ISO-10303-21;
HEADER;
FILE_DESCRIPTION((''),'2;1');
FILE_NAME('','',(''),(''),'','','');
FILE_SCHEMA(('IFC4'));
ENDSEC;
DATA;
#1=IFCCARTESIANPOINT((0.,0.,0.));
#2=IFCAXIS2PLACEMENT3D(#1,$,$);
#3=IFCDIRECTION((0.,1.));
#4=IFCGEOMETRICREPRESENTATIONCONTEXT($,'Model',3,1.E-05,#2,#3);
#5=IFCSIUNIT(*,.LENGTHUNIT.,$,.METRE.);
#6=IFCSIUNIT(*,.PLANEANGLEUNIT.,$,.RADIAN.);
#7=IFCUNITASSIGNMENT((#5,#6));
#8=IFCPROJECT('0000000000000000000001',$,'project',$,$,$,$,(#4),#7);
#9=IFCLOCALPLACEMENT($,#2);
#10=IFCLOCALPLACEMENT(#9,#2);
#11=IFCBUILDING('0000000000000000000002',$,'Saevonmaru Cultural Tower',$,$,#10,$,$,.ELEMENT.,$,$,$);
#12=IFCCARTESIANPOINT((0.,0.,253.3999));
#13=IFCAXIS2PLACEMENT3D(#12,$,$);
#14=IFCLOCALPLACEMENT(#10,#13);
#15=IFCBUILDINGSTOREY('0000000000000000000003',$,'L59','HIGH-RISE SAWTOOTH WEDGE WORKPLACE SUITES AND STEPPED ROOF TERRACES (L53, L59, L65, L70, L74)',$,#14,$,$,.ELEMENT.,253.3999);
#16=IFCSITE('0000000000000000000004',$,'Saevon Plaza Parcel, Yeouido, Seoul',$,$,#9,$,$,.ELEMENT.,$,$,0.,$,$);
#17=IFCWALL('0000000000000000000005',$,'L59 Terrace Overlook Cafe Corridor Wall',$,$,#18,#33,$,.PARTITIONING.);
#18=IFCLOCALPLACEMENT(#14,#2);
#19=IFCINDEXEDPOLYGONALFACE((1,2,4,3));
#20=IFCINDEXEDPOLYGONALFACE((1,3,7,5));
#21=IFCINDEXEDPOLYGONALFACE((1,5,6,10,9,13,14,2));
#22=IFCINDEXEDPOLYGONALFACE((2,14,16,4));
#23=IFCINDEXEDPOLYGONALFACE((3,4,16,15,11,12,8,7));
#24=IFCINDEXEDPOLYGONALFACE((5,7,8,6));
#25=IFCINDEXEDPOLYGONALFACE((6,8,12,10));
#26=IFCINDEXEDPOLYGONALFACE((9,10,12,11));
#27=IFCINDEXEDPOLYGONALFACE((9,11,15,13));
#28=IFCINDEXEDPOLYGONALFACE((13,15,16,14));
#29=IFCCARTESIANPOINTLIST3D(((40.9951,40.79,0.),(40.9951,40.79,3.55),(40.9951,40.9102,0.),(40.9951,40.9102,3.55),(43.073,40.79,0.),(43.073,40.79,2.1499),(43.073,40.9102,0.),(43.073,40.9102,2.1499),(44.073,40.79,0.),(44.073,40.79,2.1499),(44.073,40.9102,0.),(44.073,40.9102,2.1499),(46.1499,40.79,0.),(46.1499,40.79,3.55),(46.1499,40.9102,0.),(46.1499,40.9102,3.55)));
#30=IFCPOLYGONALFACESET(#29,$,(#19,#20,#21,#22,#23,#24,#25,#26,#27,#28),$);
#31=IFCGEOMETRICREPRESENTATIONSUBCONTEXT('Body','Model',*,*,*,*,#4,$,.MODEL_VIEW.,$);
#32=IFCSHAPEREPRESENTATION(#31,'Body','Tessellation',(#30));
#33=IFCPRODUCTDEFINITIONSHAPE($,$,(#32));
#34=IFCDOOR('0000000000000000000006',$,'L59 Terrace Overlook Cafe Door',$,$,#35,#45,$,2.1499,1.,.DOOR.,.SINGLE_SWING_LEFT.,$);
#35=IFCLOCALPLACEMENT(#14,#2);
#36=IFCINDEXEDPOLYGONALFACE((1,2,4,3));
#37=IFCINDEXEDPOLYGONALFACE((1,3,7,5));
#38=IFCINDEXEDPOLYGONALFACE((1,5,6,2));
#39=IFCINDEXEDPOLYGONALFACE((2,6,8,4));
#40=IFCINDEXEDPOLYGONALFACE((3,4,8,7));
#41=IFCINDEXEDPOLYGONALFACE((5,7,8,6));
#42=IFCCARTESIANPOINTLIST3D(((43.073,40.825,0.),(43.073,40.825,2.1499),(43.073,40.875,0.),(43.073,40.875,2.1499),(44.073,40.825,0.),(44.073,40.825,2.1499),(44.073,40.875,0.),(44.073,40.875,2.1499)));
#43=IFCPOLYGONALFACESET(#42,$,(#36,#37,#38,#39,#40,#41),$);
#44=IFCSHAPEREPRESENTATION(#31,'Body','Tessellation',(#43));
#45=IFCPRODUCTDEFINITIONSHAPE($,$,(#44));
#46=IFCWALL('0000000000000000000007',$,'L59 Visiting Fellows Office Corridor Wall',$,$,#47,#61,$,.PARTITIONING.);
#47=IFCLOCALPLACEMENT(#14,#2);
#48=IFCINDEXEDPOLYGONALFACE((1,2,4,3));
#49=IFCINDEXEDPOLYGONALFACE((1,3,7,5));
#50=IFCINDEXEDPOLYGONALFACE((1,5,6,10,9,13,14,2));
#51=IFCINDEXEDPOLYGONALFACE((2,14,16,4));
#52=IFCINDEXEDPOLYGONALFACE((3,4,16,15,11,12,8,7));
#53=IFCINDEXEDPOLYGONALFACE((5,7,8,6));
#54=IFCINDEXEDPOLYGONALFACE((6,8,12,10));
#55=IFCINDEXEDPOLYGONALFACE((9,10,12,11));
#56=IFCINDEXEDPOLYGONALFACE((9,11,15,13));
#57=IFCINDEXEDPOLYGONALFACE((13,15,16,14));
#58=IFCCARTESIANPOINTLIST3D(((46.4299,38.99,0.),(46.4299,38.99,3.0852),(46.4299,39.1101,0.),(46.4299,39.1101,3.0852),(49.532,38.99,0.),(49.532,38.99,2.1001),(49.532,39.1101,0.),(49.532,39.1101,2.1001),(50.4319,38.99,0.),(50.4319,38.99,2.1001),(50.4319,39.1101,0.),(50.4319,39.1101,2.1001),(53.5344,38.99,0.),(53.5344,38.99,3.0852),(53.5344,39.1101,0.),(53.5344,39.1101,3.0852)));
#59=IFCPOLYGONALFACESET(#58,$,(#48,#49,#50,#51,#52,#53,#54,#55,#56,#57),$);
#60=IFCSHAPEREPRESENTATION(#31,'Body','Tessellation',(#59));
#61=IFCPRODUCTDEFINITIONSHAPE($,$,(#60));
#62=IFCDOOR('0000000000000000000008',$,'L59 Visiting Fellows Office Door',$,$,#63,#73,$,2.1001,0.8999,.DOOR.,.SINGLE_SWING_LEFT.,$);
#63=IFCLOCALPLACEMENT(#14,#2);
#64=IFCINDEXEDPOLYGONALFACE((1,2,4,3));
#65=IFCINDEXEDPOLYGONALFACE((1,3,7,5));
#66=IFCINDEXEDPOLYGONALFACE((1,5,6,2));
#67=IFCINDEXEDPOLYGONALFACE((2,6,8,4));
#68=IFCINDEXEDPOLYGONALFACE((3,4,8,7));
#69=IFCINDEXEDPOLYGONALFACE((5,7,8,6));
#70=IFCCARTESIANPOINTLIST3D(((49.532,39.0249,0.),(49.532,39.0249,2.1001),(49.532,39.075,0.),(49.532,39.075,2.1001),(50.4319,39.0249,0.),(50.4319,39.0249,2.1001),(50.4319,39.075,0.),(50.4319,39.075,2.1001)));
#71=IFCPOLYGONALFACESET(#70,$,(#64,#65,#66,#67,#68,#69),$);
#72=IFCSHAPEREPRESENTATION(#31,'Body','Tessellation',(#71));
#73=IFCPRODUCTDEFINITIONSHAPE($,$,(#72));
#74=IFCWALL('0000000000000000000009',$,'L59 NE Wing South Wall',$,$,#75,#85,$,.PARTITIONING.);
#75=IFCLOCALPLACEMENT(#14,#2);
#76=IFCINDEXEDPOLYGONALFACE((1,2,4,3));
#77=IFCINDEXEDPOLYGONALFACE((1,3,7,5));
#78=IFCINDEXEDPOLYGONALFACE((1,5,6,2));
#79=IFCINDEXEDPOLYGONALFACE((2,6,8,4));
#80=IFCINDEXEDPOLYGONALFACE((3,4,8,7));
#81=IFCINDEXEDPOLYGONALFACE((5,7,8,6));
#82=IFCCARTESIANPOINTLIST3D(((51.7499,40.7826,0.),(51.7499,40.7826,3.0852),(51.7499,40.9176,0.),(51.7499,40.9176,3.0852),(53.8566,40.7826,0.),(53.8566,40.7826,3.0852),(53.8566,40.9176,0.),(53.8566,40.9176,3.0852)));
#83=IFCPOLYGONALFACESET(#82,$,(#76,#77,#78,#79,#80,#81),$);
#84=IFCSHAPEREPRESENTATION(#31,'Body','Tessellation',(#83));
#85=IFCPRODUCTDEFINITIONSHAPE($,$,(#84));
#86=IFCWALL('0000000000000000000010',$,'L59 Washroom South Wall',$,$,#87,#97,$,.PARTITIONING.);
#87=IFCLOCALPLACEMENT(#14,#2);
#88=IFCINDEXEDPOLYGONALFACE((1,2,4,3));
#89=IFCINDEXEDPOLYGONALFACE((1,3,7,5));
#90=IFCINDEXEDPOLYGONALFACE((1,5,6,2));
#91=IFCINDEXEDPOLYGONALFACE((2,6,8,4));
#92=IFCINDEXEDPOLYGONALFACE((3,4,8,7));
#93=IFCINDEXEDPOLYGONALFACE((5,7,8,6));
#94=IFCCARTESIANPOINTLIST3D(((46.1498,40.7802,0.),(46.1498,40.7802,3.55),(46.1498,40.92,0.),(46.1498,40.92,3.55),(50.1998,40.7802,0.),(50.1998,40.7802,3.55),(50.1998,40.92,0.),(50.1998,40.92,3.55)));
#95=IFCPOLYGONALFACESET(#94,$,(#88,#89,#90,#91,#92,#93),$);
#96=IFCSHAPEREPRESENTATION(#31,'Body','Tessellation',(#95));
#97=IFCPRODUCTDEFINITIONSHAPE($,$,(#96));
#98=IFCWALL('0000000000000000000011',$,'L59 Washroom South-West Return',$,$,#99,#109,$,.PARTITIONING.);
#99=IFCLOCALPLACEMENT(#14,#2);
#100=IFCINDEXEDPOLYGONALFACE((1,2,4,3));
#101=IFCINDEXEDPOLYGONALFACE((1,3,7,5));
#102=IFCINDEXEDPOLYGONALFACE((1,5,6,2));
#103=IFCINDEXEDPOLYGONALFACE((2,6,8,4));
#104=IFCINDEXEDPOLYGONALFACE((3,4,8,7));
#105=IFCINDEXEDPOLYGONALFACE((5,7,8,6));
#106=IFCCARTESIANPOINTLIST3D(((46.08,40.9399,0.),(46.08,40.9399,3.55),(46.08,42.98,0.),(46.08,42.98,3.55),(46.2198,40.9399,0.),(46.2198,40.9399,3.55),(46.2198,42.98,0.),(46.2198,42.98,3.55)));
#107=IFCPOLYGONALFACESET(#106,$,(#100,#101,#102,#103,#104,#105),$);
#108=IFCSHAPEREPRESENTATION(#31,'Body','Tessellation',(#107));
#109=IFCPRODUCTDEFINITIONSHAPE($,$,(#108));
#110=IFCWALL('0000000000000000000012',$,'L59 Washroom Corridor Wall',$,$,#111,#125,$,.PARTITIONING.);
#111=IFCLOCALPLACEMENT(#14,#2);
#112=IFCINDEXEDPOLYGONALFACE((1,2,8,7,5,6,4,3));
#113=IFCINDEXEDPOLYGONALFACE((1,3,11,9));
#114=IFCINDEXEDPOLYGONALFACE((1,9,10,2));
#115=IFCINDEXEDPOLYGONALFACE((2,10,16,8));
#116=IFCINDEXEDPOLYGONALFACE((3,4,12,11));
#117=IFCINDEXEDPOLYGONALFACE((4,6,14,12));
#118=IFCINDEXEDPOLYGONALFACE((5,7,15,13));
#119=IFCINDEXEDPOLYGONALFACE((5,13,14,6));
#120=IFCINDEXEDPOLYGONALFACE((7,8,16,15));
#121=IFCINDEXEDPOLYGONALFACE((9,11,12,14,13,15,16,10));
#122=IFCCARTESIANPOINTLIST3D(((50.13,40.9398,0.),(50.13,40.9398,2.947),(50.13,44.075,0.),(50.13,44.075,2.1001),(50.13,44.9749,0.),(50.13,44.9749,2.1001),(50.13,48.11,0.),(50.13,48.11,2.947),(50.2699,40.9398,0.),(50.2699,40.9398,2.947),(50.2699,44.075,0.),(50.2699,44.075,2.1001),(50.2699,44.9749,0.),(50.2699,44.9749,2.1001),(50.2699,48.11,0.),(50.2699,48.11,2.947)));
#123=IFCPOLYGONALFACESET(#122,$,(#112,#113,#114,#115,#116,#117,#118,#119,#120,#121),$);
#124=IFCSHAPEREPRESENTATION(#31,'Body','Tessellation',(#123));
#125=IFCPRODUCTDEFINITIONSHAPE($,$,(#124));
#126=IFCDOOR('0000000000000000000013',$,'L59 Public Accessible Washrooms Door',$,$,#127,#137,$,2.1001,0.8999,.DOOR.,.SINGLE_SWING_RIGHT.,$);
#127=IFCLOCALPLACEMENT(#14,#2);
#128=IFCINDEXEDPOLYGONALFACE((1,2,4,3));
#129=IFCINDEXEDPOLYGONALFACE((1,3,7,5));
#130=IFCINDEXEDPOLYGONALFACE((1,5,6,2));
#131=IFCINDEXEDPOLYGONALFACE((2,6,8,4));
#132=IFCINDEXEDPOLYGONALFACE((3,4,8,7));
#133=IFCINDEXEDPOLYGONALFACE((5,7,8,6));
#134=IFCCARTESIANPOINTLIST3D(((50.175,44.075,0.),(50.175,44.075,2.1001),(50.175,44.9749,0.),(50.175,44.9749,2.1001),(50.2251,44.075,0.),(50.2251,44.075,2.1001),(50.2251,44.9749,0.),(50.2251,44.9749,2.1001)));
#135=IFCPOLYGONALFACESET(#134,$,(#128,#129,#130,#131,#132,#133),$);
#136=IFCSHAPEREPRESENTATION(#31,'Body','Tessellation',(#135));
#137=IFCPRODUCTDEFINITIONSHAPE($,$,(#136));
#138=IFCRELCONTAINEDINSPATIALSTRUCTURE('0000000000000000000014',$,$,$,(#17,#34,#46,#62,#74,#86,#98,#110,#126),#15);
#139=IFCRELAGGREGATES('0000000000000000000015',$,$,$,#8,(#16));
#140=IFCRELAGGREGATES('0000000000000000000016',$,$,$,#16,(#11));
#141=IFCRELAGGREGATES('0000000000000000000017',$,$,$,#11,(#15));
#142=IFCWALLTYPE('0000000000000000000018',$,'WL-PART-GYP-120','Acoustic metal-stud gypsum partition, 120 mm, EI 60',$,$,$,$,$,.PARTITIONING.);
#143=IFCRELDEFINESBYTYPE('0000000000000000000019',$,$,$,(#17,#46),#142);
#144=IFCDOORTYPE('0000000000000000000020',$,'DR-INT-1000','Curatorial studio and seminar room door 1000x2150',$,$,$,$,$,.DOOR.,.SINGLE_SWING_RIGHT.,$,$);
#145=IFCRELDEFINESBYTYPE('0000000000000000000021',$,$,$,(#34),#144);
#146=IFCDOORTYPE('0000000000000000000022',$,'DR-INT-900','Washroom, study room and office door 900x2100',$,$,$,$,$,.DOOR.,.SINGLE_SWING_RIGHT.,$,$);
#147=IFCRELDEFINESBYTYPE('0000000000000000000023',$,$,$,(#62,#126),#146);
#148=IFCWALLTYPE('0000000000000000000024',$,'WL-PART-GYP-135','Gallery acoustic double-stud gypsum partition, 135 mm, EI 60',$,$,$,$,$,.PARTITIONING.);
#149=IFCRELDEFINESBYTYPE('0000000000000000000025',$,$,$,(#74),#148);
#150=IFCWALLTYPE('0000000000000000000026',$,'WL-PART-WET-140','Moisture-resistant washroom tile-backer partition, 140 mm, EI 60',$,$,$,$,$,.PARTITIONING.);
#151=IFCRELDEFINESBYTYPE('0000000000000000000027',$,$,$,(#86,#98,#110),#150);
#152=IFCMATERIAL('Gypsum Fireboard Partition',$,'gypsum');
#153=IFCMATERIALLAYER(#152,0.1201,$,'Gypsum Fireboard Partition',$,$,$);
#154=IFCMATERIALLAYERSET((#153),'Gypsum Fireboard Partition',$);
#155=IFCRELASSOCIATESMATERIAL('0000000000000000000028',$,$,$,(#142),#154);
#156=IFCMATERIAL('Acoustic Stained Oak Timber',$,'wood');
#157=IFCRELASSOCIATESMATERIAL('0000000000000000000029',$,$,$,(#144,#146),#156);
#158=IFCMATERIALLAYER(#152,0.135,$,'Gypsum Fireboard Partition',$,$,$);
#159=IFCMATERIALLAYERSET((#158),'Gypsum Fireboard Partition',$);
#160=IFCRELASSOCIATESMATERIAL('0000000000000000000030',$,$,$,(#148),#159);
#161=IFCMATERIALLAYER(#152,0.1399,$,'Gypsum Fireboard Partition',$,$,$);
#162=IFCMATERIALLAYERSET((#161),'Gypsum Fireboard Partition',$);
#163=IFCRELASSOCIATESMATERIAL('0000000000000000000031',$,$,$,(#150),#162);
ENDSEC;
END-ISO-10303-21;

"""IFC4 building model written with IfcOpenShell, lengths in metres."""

from ifc_helpers import new_model, si_unit, direction, frame, frame_2d, origin, place, context, subcontext, project, spatial, rectangle, extrude, material, layer, layer_set, type_object, element, fill, save


model = new_model("IFC4")

# Units and contexts
model_context = context("Model", 3, precision=1e-05, world=origin(), true_north=direction((0.0, 1.0)))
body_context = subcontext(model_context, "Body", "Model", "MODEL_VIEW")
ifc_project = project(units=[si_unit("LENGTHUNIT", "METRE"), si_unit("PLANEANGLEUNIT", "RADIAN")], contexts=[model_context])

# Site, building, storey
site_placement = place(None, origin())
site = spatial("IfcSite", under=ifc_project, at=site_placement, Name="Saevon Plaza Parcel, Yeouido, Seoul", CompositionType="ELEMENT", RefElevation=0.0)
building_placement = place(site_placement, origin())
building = spatial("IfcBuilding", under=site, at=building_placement, Name="Saevonmaru Cultural Tower", CompositionType="ELEMENT")
storey_placement = place(building_placement, frame((0.0, 0.0, 253.3999)))
storey = spatial("IfcBuildingStorey", under=building, at=storey_placement, Name="L59", Description="HIGH-RISE SAWTOOTH WEDGE WORKPLACE SUITES AND STEPPED ROOF TERRACES (L53, L59, L65, L70, L74)", CompositionType="ELEMENT", Elevation=253.3999)

# Walls, openings, doors
ifc_material_1 = material(Name="Gypsum Fireboard Partition", Category="gypsum")
ifc_layer_1 = layer(ifc_material_1, 0.1201, Name="Gypsum Fireboard Partition")
ifc_layer_set_1 = layer_set([ifc_layer_1], Name="Gypsum Fireboard Partition")
wall_type_1 = type_object("IfcWallType", Name="WL-PART-GYP-120", Description="Acoustic metal-stud gypsum partition, 120 mm, EI 60", PredefinedType="PARTITIONING", material=ifc_layer_set_1)
wall_1_placement = place(storey_placement, frame((40.9951, 40.8501, 0.0), z_axis=(0.0, 0.0, 1.0), x_axis=(1.0, 0.0, 0.0)))
wall_1 = element("IfcWall", 1, at=wall_1_placement, inside=storey, type_object=wall_type_1, Name="L59 Terrace Overlook Cafe Corridor Wall", PredefinedType="PARTITIONING", context=body_context, shape_type="SweptSolid", body=[
    extrude(rectangle(XDim=5.1548, YDim=0.1201, at=frame_2d((2.5774, 0.0))), origin(), (0.0, 0.0, 1.0), 3.55),
])
opening_1_placement = place(wall_1_placement, frame((2.0779, 0.0, 0.0)))
opening_1 = element("IfcOpeningElement", 2, at=opening_1_placement, cuts=wall_1, PredefinedType="OPENING", context=body_context, shape_type="SweptSolid", body=[
    extrude(rectangle(XDim=1.0, YDim=2.1499, at=frame_2d((0.5, 1.075))), frame((0.0, 0.0701, 0.0), z_axis=(0.0, -1.0, 0.0), x_axis=(1.0, 0.0, 0.0)), (0.0, 0.0, 1.0), 0.1401),
])
ifc_material_2 = material(Name="Acoustic Stained Oak Timber", Category="wood")
door_type_1 = type_object("IfcDoorType", Name="DR-INT-1000", Description="Curatorial studio and seminar room door 1000x2150", OperationType="SINGLE_SWING_RIGHT", PredefinedType="DOOR", material=ifc_material_2)
door_1_placement = place(opening_1_placement, origin())
door_1 = element("IfcDoor", 3, at=door_1_placement, inside=storey, type_object=door_type_1, Name="L59 Terrace Overlook Cafe Door", OperationType="SINGLE_SWING_LEFT", OverallHeight=2.1499, OverallWidth=1.0, PredefinedType="DOOR", context=body_context, shape_type="SweptSolid", body=[
    extrude(rectangle(XDim=1.0, YDim=2.1499, at=frame_2d((0.5, 1.075))), frame((0.0, 0.0249, 0.0), z_axis=(0.0, -1.0, 0.0), x_axis=(1.0, 0.0, 0.0)), (0.0, 0.0, 1.0), 0.05),
])
fill(opening_1, door_1)
wall_2_placement = place(storey_placement, frame((46.4299, 39.05, 0.0), z_axis=(0.0, 0.0, 1.0), x_axis=(1.0, 0.0, 0.0)))
wall_2 = element("IfcWall", 4, at=wall_2_placement, inside=storey, type_object=wall_type_1, Name="L59 Visiting Fellows Office Corridor Wall", PredefinedType="PARTITIONING", context=body_context, shape_type="SweptSolid", body=[
    extrude(rectangle(XDim=7.1045, YDim=0.1201, at=frame_2d((3.5522, 0.0))), origin(), (0.0, 0.0, 1.0), 3.0852),
])
opening_2_placement = place(wall_2_placement, frame((3.1021, 0.0, 0.0)))
opening_2 = element("IfcOpeningElement", 5, at=opening_2_placement, cuts=wall_2, PredefinedType="OPENING", context=body_context, shape_type="SweptSolid", body=[
    extrude(rectangle(XDim=0.8999, YDim=2.1001, at=frame_2d((0.45, 1.05))), frame((0.0, 0.0701, 0.0), z_axis=(0.0, -1.0, 0.0), x_axis=(1.0, 0.0, 0.0)), (0.0, 0.0, 1.0), 0.1401),
])
door_type_2 = type_object("IfcDoorType", Name="DR-INT-900", Description="Washroom, study room and office door 900x2100", OperationType="SINGLE_SWING_RIGHT", PredefinedType="DOOR", material=ifc_material_2)
door_2_placement = place(opening_2_placement, origin())
door_2 = element("IfcDoor", 6, at=door_2_placement, inside=storey, type_object=door_type_2, Name="L59 Visiting Fellows Office Door", OperationType="SINGLE_SWING_LEFT", OverallHeight=2.1001, OverallWidth=0.8999, PredefinedType="DOOR", context=body_context, shape_type="SweptSolid", body=[
    extrude(rectangle(XDim=0.8999, YDim=2.1001, at=frame_2d((0.45, 1.05))), frame((0.0, 0.0249, 0.0), z_axis=(0.0, -1.0, 0.0), x_axis=(1.0, 0.0, 0.0)), (0.0, 0.0, 1.0), 0.05),
])
fill(opening_2, door_2)

# Walls
ifc_layer_2 = layer(ifc_material_1, 0.135, Name="Gypsum Fireboard Partition")
ifc_layer_set_2 = layer_set([ifc_layer_2], Name="Gypsum Fireboard Partition")
wall_type_2 = type_object("IfcWallType", Name="WL-PART-GYP-135", Description="Gallery acoustic double-stud gypsum partition, 135 mm, EI 60", PredefinedType="PARTITIONING", material=ifc_layer_set_2)
wall_3_placement = place(storey_placement, frame((51.75, 40.8501, 0.0), z_axis=(0.0, 0.0, 1.0), x_axis=(1.0, 0.0, 0.0)))
element("IfcWall", 7, at=wall_3_placement, inside=storey, type_object=wall_type_2, Name="L59 NE Wing South Wall", PredefinedType="PARTITIONING", context=body_context, shape_type="SweptSolid", body=[
    extrude(rectangle(XDim=2.1067, YDim=0.135, at=frame_2d((1.0532, 0.0))), origin(), (0.0, 0.0, 1.0), 3.0852),
])
ifc_layer_3 = layer(ifc_material_1, 0.1399, Name="Gypsum Fireboard Partition")
ifc_layer_set_3 = layer_set([ifc_layer_3], Name="Gypsum Fireboard Partition")
wall_type_3 = type_object("IfcWallType", Name="WL-PART-WET-140", Description="Moisture-resistant washroom tile-backer partition, 140 mm, EI 60", PredefinedType="PARTITIONING", material=ifc_layer_set_3)
wall_4_placement = place(storey_placement, frame((46.1499, 40.8501, 0.0), z_axis=(0.0, 0.0, 1.0), x_axis=(1.0, 0.0, 0.0)))
element("IfcWall", 8, at=wall_4_placement, inside=storey, type_object=wall_type_3, Name="L59 Washroom South Wall", PredefinedType="PARTITIONING", context=body_context, shape_type="SweptSolid", body=[
    extrude(rectangle(XDim=4.05, YDim=0.1399, at=frame_2d((2.0249, 0.0))), origin(), (0.0, 0.0, 1.0), 3.55),
])
wall_5_placement = place(storey_placement, frame((46.1499, 40.9399, 0.0), z_axis=(0.0, 0.0, 1.0), x_axis=(0.0, 1.0, 0.0)))
element("IfcWall", 9, at=wall_5_placement, inside=storey, type_object=wall_type_3, Name="L59 Washroom South-West Return", PredefinedType="PARTITIONING", context=body_context, shape_type="SweptSolid", body=[
    extrude(rectangle(XDim=2.04, YDim=0.1399, at=frame_2d((1.02, 0.0))), origin(), (0.0, 0.0, 1.0), 3.55),
])

# Wall, opening, door
wall_6_placement = place(storey_placement, frame((50.2, 40.9399, 0.0), z_axis=(0.0, 0.0, 1.0), x_axis=(0.0, 1.0, 0.0)))
wall_6 = element("IfcWall", 10, at=wall_6_placement, inside=storey, type_object=wall_type_3, Name="L59 Washroom Corridor Wall", PredefinedType="PARTITIONING", context=body_context, shape_type="SweptSolid", body=[
    extrude(rectangle(XDim=7.1702, YDim=0.1399, at=frame_2d((3.585, 0.0))), origin(), (0.0, 0.0, 1.0), 2.947),
])
opening_3_placement = place(wall_6_placement, frame((3.135, 0.0, 0.0)))
opening_3 = element("IfcOpeningElement", 11, at=opening_3_placement, cuts=wall_6, PredefinedType="OPENING", context=body_context, shape_type="SweptSolid", body=[
    extrude(rectangle(XDim=0.8999, YDim=2.1001, at=frame_2d((0.45, 1.05))), frame((0.0, 0.0801, 0.0), z_axis=(0.0, -1.0, 0.0), x_axis=(1.0, 0.0, 0.0)), (0.0, 0.0, 1.0), 0.1599),
])
door_3_placement = place(opening_3_placement, origin())
door_3 = element("IfcDoor", 12, at=door_3_placement, inside=storey, type_object=door_type_2, Name="L59 Public Accessible Washrooms Door", OperationType="SINGLE_SWING_RIGHT", OverallHeight=2.1001, OverallWidth=0.8999, PredefinedType="DOOR", context=body_context, shape_type="SweptSolid", body=[
    extrude(rectangle(XDim=0.8999, YDim=2.1001, at=frame_2d((0.45, 1.05))), frame((0.0, 0.0249, 0.0), z_axis=(0.0, -1.0, 0.0), x_axis=(1.0, 0.0, 0.0)), (0.0, 0.0, 1.0), 0.05),
])
fill(opening_3, door_3)

save(model, "model.ifc")
